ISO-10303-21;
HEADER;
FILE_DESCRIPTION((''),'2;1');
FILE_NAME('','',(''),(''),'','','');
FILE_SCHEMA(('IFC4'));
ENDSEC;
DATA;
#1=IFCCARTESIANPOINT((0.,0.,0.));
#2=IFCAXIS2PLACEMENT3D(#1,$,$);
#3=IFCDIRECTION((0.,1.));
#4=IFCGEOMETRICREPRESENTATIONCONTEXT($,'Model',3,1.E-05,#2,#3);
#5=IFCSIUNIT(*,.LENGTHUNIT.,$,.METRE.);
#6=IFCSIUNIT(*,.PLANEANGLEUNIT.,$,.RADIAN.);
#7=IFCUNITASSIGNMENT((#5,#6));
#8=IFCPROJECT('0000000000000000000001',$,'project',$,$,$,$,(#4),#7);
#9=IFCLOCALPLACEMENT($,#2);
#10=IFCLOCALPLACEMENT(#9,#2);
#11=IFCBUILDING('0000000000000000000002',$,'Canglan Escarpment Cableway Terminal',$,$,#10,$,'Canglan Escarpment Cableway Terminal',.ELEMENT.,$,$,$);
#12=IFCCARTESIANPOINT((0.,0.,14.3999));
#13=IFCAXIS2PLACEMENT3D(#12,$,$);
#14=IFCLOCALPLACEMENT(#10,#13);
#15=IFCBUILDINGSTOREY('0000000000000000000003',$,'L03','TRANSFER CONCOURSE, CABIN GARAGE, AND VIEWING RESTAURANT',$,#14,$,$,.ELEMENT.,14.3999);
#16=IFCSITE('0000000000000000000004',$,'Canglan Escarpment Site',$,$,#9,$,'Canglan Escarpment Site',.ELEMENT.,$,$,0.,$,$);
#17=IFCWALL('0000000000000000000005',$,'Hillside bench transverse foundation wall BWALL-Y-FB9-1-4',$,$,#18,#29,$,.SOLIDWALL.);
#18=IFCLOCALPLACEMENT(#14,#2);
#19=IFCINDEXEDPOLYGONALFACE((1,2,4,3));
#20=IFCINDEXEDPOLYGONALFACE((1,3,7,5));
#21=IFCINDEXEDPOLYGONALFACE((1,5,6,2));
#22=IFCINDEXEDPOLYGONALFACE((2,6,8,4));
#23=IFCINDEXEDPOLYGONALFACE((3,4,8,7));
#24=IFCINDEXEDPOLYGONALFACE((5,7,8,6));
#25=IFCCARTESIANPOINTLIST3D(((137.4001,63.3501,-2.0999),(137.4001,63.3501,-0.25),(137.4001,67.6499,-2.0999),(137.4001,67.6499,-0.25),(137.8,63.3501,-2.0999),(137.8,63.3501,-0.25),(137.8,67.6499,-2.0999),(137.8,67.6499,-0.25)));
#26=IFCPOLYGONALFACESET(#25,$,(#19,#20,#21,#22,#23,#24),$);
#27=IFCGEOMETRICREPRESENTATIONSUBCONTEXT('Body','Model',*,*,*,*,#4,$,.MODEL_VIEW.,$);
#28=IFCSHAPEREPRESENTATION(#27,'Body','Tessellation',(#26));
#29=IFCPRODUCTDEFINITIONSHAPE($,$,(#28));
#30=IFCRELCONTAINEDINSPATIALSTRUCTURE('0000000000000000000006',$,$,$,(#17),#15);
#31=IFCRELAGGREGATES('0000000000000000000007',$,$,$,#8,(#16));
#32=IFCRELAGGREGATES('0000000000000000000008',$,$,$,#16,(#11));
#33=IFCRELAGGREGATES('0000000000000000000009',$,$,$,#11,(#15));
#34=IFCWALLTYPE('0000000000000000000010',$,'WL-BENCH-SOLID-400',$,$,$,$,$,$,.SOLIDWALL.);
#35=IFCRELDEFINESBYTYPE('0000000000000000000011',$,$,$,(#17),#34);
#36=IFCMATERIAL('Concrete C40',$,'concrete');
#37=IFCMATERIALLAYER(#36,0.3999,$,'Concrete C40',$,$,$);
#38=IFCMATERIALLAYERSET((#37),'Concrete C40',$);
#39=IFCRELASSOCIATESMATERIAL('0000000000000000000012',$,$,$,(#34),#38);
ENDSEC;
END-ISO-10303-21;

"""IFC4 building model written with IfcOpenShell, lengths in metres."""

from ifc_helpers import new_model, si_unit, direction, frame, frame_2d, origin, place, context, subcontext, project, spatial, rectangle, extrude, material, layer, layer_set, type_object, element, save


model = new_model("IFC4")

# Units and contexts
model_context = context("Model", 3, precision=1e-05, world=origin(), true_north=direction((0.0, 1.0)))
body_context = subcontext(model_context, "Body", "Model", "MODEL_VIEW")
ifc_project = project(units=[si_unit("LENGTHUNIT", "METRE"), si_unit("PLANEANGLEUNIT", "RADIAN")], contexts=[model_context])

# Site, building, storey
site_placement = place(None, origin())
site = spatial("IfcSite", under=ifc_project, at=site_placement, Name="Canglan Escarpment Site", LongName="Canglan Escarpment Site", CompositionType="ELEMENT", RefElevation=0.0)
building_placement = place(site_placement, origin())
building = spatial("IfcBuilding", under=site, at=building_placement, Name="Canglan Escarpment Cableway Terminal", LongName="Canglan Escarpment Cableway Terminal", CompositionType="ELEMENT")
storey_placement = place(building_placement, frame((0.0, 0.0, 14.3999)))
storey = spatial("IfcBuildingStorey", under=building, at=storey_placement, Name="L03", Description="TRANSFER CONCOURSE, CABIN GARAGE, AND VIEWING RESTAURANT", CompositionType="ELEMENT", Elevation=14.3999)

# Shared definitions
ifc_material_1 = material(Name="Concrete C40", Category="concrete")

# Wall
ifc_layer_1 = layer(ifc_material_1, 0.3999, Name="Concrete C40")
ifc_layer_set_1 = layer_set([ifc_layer_1], Name="Concrete C40")
wall_type = type_object("IfcWallType", Name="WL-BENCH-SOLID-400", PredefinedType="SOLIDWALL", material=ifc_layer_set_1)
wall_placement = place(storey_placement, frame((137.6001, 63.3501, -2.0999), z_axis=(0.0, 0.0, 1.0), x_axis=(0.0, 1.0, 0.0)))
element("IfcWall", 1, at=wall_placement, inside=storey, type_object=wall_type, Name="Hillside bench transverse foundation wall BWALL-Y-FB9-1-4", PredefinedType="SOLIDWALL", context=body_context, shape_type="SweptSolid", body=[
    extrude(rectangle(XDim=4.2998, YDim=0.3999, at=frame_2d((2.1499, 0.0))), origin(), (0.0, 0.0, 1.0), 1.8499),
])

save(model, "model.ifc")
